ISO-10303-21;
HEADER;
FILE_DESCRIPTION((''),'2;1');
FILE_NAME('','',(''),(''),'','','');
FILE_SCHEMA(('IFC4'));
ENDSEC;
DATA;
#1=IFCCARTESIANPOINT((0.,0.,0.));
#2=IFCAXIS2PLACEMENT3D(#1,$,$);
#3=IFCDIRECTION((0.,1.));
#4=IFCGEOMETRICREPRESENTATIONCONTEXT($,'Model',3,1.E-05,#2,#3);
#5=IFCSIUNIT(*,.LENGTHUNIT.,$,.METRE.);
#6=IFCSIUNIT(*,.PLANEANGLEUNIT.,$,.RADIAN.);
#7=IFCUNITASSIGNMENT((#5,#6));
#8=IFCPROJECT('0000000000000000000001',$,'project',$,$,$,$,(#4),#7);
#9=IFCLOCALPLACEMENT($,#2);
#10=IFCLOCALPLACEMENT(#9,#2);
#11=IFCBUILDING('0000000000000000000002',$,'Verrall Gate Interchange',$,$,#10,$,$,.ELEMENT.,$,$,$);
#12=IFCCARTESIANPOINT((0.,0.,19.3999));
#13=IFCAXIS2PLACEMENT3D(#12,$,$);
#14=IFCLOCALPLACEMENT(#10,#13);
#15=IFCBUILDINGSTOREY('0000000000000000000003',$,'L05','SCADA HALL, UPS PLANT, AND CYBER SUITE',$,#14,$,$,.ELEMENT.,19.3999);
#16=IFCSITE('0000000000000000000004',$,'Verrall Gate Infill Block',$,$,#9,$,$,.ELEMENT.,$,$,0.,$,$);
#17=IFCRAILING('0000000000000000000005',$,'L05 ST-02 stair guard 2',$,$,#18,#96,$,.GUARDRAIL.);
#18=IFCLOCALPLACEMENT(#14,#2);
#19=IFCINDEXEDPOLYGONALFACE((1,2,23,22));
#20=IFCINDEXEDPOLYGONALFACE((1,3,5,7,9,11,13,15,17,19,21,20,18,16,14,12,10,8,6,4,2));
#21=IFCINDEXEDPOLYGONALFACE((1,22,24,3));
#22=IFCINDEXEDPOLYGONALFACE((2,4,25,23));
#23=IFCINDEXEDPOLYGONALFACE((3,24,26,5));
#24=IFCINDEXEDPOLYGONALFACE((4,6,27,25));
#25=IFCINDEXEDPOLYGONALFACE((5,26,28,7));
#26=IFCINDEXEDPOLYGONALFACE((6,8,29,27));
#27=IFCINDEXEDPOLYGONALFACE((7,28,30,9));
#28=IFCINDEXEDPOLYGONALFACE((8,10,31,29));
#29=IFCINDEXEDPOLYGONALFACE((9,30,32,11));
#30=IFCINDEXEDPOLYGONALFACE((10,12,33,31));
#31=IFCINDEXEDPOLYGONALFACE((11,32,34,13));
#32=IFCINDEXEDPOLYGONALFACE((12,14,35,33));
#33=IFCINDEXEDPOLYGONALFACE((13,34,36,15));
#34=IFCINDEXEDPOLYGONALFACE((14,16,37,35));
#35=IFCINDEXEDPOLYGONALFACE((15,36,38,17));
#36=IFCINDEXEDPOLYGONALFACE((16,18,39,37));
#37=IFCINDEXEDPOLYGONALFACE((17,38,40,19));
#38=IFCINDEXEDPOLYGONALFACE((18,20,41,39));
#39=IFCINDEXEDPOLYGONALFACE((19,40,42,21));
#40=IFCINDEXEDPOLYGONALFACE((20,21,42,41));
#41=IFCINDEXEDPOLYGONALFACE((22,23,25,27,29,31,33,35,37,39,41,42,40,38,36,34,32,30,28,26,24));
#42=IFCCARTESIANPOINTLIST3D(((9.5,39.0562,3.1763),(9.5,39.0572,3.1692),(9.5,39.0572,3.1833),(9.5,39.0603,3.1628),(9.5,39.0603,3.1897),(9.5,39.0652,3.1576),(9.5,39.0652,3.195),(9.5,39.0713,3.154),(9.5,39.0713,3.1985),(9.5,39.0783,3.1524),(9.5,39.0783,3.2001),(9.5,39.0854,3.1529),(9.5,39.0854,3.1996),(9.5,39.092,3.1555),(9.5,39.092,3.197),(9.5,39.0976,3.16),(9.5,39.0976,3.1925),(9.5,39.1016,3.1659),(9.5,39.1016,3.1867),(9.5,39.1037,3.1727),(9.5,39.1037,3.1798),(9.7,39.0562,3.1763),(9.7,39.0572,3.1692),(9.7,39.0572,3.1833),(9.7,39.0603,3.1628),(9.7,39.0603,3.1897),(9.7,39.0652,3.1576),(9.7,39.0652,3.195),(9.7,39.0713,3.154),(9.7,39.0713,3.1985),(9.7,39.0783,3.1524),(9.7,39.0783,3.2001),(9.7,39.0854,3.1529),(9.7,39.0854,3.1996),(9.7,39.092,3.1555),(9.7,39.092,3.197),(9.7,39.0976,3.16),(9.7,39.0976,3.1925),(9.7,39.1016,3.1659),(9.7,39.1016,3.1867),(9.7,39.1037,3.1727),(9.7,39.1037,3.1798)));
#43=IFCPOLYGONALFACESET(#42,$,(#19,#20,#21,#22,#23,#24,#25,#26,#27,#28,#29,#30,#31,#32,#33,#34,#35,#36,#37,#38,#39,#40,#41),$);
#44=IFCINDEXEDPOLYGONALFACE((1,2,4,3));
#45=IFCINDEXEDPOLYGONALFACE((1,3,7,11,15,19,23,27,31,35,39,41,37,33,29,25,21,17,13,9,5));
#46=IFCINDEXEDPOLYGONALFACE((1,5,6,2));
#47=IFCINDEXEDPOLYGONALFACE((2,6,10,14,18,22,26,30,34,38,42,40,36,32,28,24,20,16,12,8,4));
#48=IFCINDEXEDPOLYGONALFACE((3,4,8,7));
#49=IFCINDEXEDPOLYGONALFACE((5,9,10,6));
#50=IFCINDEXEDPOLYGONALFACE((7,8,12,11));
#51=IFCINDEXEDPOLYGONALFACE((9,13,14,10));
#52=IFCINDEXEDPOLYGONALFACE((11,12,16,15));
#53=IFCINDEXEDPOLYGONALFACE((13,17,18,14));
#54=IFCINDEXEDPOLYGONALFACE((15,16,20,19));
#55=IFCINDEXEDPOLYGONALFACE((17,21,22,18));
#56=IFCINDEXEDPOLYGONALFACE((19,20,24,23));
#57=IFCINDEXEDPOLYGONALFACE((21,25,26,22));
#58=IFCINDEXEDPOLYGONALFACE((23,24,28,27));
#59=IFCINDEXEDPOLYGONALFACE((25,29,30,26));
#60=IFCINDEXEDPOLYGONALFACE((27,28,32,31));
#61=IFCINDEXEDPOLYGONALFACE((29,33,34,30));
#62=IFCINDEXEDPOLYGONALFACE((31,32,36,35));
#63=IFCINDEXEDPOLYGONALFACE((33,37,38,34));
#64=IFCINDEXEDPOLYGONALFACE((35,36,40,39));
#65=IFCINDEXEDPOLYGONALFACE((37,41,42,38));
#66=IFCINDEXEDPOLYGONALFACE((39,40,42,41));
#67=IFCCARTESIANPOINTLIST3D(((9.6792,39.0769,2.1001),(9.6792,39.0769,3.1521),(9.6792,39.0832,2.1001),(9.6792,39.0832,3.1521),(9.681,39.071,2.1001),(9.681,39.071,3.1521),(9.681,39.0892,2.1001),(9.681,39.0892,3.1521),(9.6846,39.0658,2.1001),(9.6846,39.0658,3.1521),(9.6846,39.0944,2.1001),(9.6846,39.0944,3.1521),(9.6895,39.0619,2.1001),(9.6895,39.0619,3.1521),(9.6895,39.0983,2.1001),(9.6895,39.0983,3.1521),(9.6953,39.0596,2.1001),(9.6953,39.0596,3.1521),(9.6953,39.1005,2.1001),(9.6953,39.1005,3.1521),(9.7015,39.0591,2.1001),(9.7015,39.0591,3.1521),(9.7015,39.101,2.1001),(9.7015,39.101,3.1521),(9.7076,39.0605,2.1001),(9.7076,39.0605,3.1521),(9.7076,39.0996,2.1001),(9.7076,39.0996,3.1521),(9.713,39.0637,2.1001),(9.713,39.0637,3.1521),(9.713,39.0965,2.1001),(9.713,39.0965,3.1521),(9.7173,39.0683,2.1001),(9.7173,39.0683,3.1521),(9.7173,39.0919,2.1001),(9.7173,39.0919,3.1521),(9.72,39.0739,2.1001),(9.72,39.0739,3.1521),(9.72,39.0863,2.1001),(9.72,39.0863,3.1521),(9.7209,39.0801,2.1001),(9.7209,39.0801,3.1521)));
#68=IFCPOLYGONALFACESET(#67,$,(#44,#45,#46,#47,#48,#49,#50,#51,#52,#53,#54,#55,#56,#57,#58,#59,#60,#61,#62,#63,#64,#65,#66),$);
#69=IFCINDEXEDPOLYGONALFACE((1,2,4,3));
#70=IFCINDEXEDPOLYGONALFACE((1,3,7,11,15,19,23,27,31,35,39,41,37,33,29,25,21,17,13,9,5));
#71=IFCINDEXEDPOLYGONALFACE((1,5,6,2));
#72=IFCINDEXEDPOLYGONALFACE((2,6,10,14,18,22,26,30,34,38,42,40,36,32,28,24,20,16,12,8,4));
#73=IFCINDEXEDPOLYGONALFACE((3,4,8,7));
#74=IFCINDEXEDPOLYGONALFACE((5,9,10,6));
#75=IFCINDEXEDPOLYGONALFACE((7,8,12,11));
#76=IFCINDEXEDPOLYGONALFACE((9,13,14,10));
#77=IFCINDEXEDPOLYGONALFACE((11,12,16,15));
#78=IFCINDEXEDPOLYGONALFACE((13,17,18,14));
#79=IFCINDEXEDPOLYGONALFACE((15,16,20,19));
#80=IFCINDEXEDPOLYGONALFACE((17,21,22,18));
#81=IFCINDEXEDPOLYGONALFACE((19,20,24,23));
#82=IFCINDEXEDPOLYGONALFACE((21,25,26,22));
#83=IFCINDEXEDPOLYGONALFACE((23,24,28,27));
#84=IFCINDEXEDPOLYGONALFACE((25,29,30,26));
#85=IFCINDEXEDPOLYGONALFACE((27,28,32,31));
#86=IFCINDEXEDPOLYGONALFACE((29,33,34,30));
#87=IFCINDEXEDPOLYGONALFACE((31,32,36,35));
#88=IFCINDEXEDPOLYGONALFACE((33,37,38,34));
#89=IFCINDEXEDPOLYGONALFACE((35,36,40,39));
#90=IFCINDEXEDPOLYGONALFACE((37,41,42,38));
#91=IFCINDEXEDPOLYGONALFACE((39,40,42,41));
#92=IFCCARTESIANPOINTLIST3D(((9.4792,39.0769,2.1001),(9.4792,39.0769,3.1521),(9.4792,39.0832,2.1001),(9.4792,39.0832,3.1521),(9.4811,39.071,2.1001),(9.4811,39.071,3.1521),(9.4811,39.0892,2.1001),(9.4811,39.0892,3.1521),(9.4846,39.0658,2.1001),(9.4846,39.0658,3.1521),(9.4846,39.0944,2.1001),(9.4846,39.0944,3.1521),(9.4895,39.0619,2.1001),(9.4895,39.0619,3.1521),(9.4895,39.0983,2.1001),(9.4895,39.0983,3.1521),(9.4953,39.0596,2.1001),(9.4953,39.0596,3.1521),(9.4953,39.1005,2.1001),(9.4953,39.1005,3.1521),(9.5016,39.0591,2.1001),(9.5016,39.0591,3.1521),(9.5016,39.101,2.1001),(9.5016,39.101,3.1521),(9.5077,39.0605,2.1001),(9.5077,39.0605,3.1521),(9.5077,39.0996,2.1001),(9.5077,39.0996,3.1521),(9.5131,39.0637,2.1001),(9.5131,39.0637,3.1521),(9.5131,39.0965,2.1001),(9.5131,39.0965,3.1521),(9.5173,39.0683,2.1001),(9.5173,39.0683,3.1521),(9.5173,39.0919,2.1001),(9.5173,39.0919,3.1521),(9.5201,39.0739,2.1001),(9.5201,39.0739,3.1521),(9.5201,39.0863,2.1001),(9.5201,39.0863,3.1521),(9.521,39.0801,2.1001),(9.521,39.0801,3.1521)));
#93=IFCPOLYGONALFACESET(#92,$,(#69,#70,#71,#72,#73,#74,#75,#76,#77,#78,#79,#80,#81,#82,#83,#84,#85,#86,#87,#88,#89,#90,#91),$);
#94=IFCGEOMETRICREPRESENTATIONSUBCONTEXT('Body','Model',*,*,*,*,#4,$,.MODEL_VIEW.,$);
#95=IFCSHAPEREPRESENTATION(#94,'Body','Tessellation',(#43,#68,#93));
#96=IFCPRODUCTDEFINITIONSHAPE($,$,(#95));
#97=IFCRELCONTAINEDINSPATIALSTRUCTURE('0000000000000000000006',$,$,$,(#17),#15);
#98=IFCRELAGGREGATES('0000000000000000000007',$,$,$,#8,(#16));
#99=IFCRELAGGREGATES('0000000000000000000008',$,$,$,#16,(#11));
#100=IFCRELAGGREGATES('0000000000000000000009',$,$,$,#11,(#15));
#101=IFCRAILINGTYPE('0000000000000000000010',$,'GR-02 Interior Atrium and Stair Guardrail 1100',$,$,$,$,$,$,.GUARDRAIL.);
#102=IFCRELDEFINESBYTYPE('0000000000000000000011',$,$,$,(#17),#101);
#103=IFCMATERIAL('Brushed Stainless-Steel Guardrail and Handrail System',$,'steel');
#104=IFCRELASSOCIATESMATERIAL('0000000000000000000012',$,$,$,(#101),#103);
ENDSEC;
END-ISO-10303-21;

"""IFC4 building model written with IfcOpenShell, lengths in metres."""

from ifc_helpers import new_model, si_unit, direction, frame, origin, origin_2d, place, context, subcontext, project, spatial, circle, extrude, material, type_object, element, save


model = new_model("IFC4")

# Units and contexts
model_context = context("Model", 3, precision=1e-05, world=origin(), true_north=direction((0.0, 1.0)))
body_context = subcontext(model_context, "Body", "Model", "MODEL_VIEW")
ifc_project = project(units=[si_unit("LENGTHUNIT", "METRE"), si_unit("PLANEANGLEUNIT", "RADIAN")], contexts=[model_context])

# Site, building, storey
site_placement = place(None, origin())
site = spatial("IfcSite", under=ifc_project, at=site_placement, Name="Verrall Gate Infill Block", CompositionType="ELEMENT", RefElevation=0.0)
building_placement = place(site_placement, origin())
building = spatial("IfcBuilding", under=site, at=building_placement, Name="Verrall Gate Interchange", CompositionType="ELEMENT")
storey_placement = place(building_placement, frame((0.0, 0.0, 19.3999)))
storey = spatial("IfcBuildingStorey", under=building, at=storey_placement, Name="L05", Description="SCADA HALL, UPS PLANT, AND CYBER SUITE", CompositionType="ELEMENT", Elevation=19.3999)

# Railing
ifc_material_1 = material(Name="Brushed Stainless-Steel Guardrail and Handrail System", Category="steel")
railing_type_1 = type_object("IfcRailingType", Name="GR-02 Interior Atrium and Stair Guardrail 1100", PredefinedType="GUARDRAIL", material=ifc_material_1)
railing_1_placement = place(storey_placement, frame((9.7, 39.0801, 2.1001)))
element("IfcRailing", 1, at=railing_1_placement, inside=storey, type_object=railing_type_1, Name="L05 ST-02 stair guard 2", PredefinedType="GUARDRAIL", context=body_context, shape_type="SweptSolid", body=[
    extrude(circle(Radius=0.0239, at=origin_2d()), frame((0.0, 0.0, 1.0762), z_axis=(-1.0, 0.0, 0.0), x_axis=(0.0, -1.0, 0.0)), (0.0, 0.0, 1.0), 0.2),
    extrude(circle(Radius=0.021, at=origin_2d()), origin(), (0.0, 0.0, 1.0), 1.052),
    extrude(circle(Radius=0.021, at=origin_2d()), frame((-0.2, 0.0, 0.0)), (0.0, 0.0, 1.0), 1.052),
])

save(model, "model.ifc")
